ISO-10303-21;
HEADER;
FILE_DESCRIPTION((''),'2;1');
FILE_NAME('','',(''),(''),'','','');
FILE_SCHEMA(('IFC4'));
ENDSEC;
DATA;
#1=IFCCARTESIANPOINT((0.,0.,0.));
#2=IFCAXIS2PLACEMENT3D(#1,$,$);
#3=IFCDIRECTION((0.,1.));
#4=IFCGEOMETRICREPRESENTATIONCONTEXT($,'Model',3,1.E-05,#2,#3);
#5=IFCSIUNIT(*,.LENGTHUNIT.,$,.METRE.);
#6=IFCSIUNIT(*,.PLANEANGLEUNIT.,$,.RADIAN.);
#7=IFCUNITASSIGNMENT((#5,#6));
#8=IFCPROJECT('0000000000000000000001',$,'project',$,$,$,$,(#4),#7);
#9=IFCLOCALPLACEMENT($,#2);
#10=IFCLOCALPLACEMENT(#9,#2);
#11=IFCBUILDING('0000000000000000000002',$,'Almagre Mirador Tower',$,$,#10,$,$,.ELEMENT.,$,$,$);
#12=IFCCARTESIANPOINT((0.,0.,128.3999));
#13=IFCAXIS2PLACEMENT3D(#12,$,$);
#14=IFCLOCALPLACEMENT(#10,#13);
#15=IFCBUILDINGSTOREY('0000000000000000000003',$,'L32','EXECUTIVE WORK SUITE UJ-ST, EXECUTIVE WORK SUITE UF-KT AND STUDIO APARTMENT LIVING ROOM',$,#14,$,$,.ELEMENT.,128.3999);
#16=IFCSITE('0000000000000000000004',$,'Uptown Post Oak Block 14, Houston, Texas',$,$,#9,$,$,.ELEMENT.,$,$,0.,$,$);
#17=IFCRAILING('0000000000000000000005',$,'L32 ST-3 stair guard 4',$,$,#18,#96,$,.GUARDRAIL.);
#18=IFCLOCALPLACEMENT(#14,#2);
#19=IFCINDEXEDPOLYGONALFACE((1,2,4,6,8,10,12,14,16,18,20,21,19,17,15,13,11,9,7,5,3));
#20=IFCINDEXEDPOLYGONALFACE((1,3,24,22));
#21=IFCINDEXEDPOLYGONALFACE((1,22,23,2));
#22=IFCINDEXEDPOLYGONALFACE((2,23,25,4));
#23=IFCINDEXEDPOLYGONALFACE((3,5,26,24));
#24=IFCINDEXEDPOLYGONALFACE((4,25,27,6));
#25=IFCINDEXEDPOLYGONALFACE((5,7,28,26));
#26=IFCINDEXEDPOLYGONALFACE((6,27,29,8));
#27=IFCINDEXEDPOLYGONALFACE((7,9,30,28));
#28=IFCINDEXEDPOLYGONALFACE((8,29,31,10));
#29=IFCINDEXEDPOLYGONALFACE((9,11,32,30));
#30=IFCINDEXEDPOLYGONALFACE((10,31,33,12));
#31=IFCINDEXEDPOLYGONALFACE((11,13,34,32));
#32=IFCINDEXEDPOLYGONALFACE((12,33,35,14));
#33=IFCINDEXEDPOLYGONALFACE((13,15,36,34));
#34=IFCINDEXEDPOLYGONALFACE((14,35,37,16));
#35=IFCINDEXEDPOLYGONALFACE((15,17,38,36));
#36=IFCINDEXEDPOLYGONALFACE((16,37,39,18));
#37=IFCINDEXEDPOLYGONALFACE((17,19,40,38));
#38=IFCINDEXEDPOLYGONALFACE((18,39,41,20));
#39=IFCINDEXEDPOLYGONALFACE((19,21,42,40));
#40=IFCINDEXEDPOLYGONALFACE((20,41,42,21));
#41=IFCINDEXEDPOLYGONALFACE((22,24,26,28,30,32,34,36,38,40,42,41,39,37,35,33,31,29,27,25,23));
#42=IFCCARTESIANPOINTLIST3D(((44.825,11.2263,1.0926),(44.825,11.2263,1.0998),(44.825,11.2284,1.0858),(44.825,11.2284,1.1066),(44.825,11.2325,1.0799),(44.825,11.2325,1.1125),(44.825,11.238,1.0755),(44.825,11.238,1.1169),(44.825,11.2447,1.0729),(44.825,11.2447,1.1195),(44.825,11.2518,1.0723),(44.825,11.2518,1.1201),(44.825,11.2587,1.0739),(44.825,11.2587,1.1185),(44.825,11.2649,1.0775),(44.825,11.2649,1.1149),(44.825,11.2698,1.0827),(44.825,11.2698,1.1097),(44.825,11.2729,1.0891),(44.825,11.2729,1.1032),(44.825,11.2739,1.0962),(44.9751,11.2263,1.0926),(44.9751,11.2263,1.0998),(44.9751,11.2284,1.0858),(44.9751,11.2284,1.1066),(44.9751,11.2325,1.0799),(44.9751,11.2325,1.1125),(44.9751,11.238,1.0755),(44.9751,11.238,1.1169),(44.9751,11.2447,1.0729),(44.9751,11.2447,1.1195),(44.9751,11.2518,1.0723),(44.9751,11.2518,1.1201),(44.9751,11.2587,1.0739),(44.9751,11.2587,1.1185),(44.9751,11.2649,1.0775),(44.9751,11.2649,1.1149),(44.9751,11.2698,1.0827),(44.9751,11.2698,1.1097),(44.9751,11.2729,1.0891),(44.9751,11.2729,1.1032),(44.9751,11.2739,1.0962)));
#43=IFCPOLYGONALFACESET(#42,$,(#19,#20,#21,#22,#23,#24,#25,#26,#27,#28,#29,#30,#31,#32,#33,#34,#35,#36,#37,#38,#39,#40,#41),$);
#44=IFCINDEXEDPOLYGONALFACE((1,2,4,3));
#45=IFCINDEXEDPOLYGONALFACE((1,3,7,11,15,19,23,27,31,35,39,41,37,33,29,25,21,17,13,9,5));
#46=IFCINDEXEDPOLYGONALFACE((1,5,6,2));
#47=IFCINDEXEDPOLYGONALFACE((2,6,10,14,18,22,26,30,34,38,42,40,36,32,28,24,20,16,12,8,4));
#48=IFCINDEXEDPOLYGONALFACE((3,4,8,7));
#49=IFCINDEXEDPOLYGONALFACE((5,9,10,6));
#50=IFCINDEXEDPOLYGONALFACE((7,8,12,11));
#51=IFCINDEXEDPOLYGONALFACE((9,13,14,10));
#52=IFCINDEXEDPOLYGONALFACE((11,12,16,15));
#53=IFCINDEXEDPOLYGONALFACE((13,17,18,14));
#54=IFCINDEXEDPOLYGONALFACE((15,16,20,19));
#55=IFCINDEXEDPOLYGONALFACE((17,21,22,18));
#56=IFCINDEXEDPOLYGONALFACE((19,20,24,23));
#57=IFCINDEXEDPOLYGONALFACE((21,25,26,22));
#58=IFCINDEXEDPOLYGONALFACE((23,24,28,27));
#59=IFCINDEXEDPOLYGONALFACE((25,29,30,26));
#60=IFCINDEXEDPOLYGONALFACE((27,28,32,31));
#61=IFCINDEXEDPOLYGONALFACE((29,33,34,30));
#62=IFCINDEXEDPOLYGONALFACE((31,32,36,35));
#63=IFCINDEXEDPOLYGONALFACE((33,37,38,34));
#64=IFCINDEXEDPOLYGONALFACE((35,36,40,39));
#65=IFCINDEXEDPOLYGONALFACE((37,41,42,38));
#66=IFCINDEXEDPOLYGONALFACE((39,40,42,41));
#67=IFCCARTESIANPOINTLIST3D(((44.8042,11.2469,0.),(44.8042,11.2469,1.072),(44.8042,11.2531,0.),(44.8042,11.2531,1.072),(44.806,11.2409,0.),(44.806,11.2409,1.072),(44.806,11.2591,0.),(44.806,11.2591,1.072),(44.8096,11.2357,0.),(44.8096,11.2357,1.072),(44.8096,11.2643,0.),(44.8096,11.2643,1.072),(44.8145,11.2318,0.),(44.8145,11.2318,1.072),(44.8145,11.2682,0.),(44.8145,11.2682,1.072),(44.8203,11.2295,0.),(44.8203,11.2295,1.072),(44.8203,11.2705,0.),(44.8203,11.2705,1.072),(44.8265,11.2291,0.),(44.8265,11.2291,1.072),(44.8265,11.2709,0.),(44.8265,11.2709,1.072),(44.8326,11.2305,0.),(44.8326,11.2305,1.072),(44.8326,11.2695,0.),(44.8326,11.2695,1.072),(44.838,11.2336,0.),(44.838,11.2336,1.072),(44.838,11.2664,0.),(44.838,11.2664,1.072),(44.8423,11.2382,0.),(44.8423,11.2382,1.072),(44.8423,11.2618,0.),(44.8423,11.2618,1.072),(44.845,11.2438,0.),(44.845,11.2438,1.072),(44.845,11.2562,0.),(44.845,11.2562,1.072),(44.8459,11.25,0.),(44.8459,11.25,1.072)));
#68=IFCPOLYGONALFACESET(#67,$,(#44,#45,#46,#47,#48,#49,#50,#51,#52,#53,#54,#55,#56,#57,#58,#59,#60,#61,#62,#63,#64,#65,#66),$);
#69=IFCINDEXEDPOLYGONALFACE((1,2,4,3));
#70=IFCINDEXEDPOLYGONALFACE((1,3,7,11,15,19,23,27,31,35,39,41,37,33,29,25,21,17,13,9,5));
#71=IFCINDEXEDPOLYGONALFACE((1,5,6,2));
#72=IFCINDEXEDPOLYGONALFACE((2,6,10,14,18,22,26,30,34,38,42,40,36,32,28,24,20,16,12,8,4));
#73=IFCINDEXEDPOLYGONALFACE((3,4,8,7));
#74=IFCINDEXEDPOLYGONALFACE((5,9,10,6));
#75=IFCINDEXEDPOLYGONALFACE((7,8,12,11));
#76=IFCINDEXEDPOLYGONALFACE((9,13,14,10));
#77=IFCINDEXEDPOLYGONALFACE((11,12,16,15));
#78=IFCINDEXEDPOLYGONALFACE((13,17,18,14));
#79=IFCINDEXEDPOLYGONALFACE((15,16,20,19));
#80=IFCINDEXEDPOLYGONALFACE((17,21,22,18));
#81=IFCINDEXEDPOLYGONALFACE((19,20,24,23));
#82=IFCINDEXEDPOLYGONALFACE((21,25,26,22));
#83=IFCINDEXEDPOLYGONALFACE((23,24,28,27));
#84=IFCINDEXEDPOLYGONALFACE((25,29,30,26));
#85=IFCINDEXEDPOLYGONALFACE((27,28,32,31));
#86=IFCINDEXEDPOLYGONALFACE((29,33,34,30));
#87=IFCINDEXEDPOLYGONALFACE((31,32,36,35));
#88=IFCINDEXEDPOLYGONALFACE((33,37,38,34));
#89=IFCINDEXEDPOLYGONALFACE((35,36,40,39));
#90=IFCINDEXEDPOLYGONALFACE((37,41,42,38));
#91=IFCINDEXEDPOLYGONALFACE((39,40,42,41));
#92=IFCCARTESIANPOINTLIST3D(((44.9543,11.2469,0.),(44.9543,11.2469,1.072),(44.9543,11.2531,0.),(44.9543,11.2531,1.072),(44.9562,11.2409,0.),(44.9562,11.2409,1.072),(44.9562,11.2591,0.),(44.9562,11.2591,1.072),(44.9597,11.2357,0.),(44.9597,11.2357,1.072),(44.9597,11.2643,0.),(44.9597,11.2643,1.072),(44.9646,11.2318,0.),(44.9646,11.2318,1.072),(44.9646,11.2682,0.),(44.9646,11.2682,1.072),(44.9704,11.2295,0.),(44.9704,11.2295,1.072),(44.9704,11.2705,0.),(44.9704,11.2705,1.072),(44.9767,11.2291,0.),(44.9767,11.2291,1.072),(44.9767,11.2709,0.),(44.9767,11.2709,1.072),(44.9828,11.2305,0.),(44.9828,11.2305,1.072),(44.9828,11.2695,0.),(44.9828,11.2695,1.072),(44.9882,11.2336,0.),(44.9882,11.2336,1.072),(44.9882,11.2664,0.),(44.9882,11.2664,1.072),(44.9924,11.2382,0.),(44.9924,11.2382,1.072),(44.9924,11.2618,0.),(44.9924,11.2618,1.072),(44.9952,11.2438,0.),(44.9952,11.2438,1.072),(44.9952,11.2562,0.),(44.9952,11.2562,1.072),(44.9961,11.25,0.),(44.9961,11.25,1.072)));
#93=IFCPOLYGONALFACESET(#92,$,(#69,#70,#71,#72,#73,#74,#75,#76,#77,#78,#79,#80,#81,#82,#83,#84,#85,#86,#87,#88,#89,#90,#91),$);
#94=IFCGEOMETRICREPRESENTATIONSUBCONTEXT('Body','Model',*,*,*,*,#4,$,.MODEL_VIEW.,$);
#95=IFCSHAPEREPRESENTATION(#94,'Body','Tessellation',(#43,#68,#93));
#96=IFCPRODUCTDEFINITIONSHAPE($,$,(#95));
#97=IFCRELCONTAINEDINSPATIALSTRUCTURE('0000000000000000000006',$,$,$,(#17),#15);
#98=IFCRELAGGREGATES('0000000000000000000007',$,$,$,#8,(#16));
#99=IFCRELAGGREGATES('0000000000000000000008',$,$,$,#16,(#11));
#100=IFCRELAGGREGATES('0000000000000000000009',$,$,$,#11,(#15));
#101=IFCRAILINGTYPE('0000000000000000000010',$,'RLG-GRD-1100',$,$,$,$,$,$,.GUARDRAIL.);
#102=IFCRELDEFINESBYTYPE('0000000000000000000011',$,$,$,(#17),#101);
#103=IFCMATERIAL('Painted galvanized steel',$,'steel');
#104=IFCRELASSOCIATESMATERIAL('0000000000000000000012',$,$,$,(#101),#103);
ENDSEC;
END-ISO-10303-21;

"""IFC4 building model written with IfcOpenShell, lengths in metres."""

from ifc_helpers import new_model, si_unit, direction, frame, origin, origin_2d, place, context, subcontext, project, spatial, circle, extrude, material, type_object, element, save


model = new_model("IFC4")

# Units and contexts
model_context = context("Model", 3, precision=1e-05, world=origin(), true_north=direction((0.0, 1.0)))
body_context = subcontext(model_context, "Body", "Model", "MODEL_VIEW")
ifc_project = project(units=[si_unit("LENGTHUNIT", "METRE"), si_unit("PLANEANGLEUNIT", "RADIAN")], contexts=[model_context])

# Site, building, storey
site_placement = place(None, origin())
site = spatial("IfcSite", under=ifc_project, at=site_placement, Name="Uptown Post Oak Block 14, Houston, Texas", CompositionType="ELEMENT", RefElevation=0.0)
building_placement = place(site_placement, origin())
building = spatial("IfcBuilding", under=site, at=building_placement, Name="Almagre Mirador Tower", CompositionType="ELEMENT")
storey_placement = place(building_placement, frame((0.0, 0.0, 128.3999)))
storey = spatial("IfcBuildingStorey", under=building, at=storey_placement, Name="L32", Description="EXECUTIVE WORK SUITE UJ-ST, EXECUTIVE WORK SUITE UF-KT AND STUDIO APARTMENT LIVING ROOM", CompositionType="ELEMENT", Elevation=128.3999)

# Railing
ifc_material_1 = material(Name="Painted galvanized steel", Category="steel")
railing_type_1 = type_object("IfcRailingType", Name="RLG-GRD-1100", PredefinedType="GUARDRAIL", material=ifc_material_1)
railing_1_placement = place(storey_placement, frame((44.825, 11.25, 0.0)))
element("IfcRailing", 1, at=railing_1_placement, inside=storey, type_object=railing_type_1, Name="L32 ST-3 stair guard 4", PredefinedType="GUARDRAIL", context=body_context, shape_type="SweptSolid", body=[
    extrude(circle(Radius=0.0239, at=origin_2d()), frame((0.0, 0.0, 1.0962), z_axis=(1.0, 0.0, 0.0), x_axis=(0.0, 1.0, 0.0)), (0.0, 0.0, 1.0), 0.1501),
    extrude(circle(Radius=0.021, at=origin_2d()), origin(), (0.0, 0.0, 1.0), 1.072),
    extrude(circle(Radius=0.021, at=origin_2d()), frame((0.1501, 0.0, 0.0)), (0.0, 0.0, 1.0), 1.072),
])

save(model, "model.ifc")
